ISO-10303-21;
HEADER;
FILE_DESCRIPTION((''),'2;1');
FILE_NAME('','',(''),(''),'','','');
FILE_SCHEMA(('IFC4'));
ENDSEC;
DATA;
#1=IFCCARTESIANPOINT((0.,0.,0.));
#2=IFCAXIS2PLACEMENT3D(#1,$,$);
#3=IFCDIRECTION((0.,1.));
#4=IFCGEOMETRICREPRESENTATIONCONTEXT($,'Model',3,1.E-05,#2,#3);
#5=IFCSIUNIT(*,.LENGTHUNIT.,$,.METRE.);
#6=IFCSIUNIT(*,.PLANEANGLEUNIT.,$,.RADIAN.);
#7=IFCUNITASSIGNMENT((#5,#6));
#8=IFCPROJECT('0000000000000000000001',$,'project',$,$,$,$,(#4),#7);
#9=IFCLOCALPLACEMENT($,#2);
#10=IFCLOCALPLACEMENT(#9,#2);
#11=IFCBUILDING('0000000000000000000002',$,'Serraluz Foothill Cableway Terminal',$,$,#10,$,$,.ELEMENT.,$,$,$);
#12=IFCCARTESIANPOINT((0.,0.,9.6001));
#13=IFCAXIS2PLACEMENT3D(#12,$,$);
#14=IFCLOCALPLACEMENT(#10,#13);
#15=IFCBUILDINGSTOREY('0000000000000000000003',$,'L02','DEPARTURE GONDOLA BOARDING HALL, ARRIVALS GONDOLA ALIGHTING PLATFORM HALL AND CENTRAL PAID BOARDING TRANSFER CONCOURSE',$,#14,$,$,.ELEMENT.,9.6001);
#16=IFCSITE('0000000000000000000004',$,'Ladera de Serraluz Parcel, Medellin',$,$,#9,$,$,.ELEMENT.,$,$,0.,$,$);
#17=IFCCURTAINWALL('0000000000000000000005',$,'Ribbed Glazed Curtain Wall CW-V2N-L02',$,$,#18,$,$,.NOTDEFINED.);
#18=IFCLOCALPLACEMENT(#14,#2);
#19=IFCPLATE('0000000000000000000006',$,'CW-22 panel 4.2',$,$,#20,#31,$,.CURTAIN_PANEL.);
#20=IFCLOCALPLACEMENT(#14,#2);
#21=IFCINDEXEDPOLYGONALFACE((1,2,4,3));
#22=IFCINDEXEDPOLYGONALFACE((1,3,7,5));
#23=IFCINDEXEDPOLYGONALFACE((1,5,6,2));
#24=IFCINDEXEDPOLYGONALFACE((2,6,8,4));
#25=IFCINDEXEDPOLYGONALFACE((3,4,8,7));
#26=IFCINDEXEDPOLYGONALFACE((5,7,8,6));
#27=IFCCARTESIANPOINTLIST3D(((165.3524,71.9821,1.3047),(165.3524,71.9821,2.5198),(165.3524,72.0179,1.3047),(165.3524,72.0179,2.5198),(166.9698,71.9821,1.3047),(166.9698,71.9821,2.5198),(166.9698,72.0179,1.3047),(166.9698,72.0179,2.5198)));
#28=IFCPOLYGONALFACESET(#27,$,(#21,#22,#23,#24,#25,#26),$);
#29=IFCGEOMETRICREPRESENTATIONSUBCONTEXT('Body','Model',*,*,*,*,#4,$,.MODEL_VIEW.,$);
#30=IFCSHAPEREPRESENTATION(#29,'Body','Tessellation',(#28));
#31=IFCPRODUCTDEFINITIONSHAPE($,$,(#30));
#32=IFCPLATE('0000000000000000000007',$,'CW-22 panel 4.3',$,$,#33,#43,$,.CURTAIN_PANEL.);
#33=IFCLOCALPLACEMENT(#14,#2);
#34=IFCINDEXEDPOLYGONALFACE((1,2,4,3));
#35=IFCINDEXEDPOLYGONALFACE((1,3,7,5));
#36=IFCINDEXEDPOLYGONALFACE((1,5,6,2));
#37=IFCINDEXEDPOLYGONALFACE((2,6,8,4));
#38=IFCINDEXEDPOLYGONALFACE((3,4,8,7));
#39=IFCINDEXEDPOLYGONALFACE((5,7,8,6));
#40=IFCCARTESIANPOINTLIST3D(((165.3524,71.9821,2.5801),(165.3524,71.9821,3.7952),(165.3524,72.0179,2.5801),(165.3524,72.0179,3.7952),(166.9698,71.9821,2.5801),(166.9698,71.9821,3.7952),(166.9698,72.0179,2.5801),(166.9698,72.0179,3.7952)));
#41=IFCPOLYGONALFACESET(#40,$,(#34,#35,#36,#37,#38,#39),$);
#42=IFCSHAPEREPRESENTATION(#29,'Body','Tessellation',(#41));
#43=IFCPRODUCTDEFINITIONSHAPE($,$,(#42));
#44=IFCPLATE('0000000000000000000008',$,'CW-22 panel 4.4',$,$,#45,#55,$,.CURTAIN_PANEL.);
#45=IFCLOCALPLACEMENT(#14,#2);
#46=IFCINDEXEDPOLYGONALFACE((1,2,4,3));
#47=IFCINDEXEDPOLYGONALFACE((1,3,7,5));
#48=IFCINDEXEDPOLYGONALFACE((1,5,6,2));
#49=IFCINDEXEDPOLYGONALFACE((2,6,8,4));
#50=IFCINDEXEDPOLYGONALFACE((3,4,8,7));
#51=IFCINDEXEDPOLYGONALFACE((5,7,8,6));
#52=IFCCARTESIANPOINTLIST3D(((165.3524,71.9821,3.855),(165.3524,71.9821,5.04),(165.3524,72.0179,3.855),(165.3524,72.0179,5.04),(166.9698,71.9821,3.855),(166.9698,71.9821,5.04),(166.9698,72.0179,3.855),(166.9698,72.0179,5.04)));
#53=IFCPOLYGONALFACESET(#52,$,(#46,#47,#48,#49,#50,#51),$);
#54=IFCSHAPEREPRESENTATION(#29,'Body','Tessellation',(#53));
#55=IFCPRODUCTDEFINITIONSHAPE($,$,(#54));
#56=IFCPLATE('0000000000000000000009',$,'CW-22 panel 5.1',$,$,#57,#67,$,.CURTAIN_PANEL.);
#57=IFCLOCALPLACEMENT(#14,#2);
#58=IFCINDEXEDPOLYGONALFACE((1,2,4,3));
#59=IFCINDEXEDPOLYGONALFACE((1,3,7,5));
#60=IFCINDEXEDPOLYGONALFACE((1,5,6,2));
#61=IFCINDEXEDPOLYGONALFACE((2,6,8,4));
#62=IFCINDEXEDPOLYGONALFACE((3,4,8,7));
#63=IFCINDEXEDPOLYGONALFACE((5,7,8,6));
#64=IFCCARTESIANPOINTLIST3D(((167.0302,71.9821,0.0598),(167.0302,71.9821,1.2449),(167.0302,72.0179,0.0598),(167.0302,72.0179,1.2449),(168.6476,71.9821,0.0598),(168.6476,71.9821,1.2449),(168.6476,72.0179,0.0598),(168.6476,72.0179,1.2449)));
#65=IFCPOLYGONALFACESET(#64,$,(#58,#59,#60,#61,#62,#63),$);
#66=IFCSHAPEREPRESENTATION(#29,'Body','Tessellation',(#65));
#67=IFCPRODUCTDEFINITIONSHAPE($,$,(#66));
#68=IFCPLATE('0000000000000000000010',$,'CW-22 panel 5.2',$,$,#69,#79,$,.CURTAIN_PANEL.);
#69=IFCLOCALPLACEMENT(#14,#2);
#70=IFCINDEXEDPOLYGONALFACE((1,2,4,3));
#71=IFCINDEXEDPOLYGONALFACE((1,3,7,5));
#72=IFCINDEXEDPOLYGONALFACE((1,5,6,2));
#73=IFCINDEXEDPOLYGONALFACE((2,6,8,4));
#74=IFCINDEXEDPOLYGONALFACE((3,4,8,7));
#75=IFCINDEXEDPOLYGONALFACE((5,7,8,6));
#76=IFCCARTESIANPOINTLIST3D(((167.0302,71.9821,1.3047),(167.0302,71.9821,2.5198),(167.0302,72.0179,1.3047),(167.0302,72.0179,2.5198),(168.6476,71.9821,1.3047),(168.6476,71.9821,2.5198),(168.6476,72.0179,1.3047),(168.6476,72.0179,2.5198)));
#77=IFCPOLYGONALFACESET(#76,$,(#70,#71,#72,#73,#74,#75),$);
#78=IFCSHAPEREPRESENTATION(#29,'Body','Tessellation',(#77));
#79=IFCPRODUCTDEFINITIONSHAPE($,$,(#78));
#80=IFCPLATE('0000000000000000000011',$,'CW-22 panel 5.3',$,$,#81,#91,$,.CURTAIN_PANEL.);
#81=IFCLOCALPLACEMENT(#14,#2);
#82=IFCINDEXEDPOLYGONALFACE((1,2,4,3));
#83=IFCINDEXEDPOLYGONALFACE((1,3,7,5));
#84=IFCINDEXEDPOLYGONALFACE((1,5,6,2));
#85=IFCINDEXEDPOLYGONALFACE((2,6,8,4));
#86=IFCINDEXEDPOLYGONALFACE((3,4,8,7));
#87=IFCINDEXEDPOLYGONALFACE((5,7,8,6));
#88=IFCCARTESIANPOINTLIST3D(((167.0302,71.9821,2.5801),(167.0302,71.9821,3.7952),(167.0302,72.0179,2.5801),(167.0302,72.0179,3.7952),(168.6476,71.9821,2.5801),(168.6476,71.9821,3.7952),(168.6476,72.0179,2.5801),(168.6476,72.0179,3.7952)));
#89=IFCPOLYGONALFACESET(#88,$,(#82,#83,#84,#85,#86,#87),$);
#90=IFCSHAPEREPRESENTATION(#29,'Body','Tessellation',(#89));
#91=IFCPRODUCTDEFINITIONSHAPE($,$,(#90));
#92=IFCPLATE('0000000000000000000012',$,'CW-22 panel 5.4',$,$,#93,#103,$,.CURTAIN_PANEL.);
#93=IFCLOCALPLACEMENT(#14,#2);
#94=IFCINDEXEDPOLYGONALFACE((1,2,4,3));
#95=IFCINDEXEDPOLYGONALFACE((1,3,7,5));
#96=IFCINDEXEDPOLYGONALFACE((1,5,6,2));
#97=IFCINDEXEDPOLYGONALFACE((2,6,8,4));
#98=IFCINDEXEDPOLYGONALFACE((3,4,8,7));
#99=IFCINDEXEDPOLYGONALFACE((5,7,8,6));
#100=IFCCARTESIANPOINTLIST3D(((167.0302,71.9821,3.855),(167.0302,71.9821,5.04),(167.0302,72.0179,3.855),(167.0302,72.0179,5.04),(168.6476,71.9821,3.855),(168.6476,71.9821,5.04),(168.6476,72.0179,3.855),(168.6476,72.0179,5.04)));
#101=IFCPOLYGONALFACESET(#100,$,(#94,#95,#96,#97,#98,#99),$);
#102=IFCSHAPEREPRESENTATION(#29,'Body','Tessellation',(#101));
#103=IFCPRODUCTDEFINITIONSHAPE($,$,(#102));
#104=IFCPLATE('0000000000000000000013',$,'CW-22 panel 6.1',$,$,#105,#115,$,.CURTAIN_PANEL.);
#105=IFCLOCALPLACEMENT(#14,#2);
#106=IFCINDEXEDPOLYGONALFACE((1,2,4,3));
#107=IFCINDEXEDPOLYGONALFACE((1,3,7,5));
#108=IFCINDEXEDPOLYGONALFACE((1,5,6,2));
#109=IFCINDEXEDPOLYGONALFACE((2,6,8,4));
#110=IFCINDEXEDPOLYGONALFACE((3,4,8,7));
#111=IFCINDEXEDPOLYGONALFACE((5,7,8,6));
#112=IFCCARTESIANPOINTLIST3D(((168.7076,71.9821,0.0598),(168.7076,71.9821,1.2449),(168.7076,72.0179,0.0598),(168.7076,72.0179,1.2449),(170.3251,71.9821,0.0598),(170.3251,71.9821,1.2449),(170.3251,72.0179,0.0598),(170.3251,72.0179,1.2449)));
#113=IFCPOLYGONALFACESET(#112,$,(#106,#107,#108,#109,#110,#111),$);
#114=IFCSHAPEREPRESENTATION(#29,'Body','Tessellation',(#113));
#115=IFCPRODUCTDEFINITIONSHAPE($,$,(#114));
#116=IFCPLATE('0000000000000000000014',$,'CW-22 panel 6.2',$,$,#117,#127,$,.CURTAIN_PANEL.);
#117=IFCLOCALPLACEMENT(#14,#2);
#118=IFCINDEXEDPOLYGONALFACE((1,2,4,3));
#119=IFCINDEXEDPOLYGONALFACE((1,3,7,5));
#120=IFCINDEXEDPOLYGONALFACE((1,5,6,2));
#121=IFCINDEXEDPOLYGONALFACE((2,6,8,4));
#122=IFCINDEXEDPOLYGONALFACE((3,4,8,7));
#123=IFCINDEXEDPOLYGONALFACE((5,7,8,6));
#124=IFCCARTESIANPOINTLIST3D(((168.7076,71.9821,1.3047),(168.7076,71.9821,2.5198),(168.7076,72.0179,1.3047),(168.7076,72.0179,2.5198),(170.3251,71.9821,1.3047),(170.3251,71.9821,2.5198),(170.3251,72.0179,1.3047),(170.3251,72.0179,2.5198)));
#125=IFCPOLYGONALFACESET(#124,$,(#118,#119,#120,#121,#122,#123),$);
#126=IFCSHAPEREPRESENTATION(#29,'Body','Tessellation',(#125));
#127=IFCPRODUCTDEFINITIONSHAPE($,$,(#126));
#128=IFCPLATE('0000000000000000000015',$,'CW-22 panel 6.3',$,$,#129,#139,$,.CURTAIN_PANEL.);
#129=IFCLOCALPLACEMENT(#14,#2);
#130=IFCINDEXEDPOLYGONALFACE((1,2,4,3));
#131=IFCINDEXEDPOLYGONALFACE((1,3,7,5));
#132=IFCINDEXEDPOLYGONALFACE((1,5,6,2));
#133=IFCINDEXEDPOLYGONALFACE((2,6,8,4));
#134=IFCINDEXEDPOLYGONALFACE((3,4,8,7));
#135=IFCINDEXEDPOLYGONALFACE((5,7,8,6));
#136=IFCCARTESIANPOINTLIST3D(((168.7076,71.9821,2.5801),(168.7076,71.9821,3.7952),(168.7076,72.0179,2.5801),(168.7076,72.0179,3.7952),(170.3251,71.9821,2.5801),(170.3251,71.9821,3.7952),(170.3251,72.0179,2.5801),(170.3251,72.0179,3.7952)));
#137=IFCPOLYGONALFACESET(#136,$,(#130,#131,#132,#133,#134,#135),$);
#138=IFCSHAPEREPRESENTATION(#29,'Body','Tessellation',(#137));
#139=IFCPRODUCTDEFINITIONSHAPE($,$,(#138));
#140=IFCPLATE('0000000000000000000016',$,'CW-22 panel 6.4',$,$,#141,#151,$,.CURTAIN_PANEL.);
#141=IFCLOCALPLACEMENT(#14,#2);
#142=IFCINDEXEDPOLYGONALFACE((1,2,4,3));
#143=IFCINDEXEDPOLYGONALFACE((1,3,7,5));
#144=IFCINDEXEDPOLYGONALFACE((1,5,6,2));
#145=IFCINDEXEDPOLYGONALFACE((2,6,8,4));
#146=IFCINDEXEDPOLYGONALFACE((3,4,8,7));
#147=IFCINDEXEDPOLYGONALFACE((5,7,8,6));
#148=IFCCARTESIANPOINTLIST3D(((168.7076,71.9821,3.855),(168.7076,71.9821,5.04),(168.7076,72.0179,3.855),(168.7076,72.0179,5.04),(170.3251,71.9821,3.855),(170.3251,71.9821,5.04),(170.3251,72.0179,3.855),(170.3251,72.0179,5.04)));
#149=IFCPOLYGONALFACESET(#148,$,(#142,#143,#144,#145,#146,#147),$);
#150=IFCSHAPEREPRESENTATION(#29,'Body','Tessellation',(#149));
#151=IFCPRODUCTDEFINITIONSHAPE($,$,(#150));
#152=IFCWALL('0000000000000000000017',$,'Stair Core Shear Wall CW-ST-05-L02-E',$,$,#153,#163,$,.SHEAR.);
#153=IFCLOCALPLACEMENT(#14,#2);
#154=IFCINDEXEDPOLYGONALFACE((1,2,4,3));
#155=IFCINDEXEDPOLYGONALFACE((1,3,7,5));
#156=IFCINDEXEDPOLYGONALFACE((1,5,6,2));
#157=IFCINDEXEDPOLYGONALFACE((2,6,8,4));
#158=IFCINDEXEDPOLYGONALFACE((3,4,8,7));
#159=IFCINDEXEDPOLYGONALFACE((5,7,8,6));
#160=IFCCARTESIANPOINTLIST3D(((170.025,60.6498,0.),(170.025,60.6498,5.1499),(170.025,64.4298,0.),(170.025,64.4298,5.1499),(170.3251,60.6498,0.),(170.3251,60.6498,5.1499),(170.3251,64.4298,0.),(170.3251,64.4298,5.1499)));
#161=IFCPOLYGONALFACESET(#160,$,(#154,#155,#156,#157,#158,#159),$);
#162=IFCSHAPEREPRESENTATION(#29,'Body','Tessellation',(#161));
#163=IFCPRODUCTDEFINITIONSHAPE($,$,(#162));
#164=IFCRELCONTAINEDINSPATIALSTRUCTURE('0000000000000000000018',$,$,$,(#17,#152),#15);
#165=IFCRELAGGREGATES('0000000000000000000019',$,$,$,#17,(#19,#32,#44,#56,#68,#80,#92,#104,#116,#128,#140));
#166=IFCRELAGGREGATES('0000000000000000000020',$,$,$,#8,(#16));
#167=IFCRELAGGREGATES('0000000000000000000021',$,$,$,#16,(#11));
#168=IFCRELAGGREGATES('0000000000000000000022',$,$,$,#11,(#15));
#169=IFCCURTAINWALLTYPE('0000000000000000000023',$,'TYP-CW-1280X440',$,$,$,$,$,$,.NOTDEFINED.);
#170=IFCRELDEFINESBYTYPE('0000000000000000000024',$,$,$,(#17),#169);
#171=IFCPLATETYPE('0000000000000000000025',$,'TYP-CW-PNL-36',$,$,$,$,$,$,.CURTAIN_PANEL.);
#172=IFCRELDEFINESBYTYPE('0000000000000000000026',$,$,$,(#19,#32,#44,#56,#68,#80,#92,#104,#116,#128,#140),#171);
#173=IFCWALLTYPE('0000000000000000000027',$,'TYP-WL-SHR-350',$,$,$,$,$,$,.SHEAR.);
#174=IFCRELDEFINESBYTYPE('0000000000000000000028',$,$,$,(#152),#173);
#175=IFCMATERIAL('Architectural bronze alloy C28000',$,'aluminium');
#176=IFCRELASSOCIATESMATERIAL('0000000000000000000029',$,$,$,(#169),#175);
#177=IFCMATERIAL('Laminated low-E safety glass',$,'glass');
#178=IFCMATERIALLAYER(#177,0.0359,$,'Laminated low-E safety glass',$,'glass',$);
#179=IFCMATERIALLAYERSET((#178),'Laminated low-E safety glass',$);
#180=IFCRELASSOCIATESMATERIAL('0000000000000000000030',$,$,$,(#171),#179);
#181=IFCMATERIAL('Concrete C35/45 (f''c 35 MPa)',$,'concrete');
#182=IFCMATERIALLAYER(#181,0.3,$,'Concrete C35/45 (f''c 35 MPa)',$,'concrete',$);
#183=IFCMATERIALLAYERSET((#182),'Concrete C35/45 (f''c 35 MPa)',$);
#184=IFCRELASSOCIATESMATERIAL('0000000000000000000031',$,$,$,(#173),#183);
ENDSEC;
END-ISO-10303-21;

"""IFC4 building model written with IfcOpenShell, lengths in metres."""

from ifc_helpers import new_model, si_unit, direction, frame, frame_2d, origin, origin_2d, place, context, subcontext, project, spatial, rectangle, extrude, material, layer, layer_set, type_object, element, aggregate, save


model = new_model("IFC4")

# Units and contexts
model_context = context("Model", 3, precision=1e-05, world=origin(), true_north=direction((0.0, 1.0)))
body_context = subcontext(model_context, "Body", "Model", "MODEL_VIEW")
ifc_project = project(units=[si_unit("LENGTHUNIT", "METRE"), si_unit("PLANEANGLEUNIT", "RADIAN")], contexts=[model_context])

# Site, building, storey
site_placement = place(None, origin())
site = spatial("IfcSite", under=ifc_project, at=site_placement, Name="Ladera de Serraluz Parcel, Medellin", CompositionType="ELEMENT", RefElevation=0.0)
building_placement = place(site_placement, origin())
building = spatial("IfcBuilding", under=site, at=building_placement, Name="Serraluz Foothill Cableway Terminal", CompositionType="ELEMENT")
storey_placement = place(building_placement, frame((0.0, 0.0, 9.6001)))
storey = spatial("IfcBuildingStorey", under=building, at=storey_placement, Name="L02", Description="DEPARTURE GONDOLA BOARDING HALL, ARRIVALS GONDOLA ALIGHTING PLATFORM HALL AND CENTRAL PAID BOARDING TRANSFER CONCOURSE", CompositionType="ELEMENT", Elevation=9.6001)

# Curtain wall, plates
ifc_material_1 = material(Name="Architectural bronze alloy C28000", Category="aluminium")
curtain_wall_type = type_object("IfcCurtainWallType", Name="TYP-CW-1280X440", PredefinedType="NOTDEFINED", material=ifc_material_1)
curtain_wall_placement = place(storey_placement, origin())
curtain_wall = element("IfcCurtainWall", 1, at=curtain_wall_placement, inside=storey, type_object=curtain_wall_type, Name="Ribbed Glazed Curtain Wall CW-V2N-L02", PredefinedType="NOTDEFINED")
ifc_material_2 = material(Name="Laminated low-E safety glass", Category="glass")
ifc_layer_1 = layer(ifc_material_2, 0.0359, Name="Laminated low-E safety glass", Category="glass")
ifc_layer_set_1 = layer_set([ifc_layer_1], Name="Laminated low-E safety glass")
plate_type = type_object("IfcPlateType", Name="TYP-CW-PNL-36", PredefinedType="CURTAIN_PANEL", material=ifc_layer_set_1)
plate_1_placement = place(storey_placement, frame((166.1611, 72.0, 1.3047), z_axis=(0.0, 0.0, 1.0), x_axis=(1.0, 0.0, 0.0)))
plate_1 = element("IfcPlate", 2, at=plate_1_placement, type_object=plate_type, Name="CW-22 panel 4.2", PredefinedType="CURTAIN_PANEL", context=body_context, shape_type="SweptSolid", body=[
    extrude(rectangle(XDim=1.6174, YDim=0.0359, at=origin_2d()), origin(), (0.0, 0.0, 1.0), 1.2151),
])
plate_2_placement = place(storey_placement, frame((166.1611, 72.0, 2.5801), z_axis=(0.0, 0.0, 1.0), x_axis=(1.0, 0.0, 0.0)))
plate_2 = element("IfcPlate", 3, at=plate_2_placement, type_object=plate_type, Name="CW-22 panel 4.3", PredefinedType="CURTAIN_PANEL", context=body_context, shape_type="SweptSolid", body=[
    extrude(rectangle(XDim=1.6174, YDim=0.0359, at=origin_2d()), origin(), (0.0, 0.0, 1.0), 1.2151),
])
plate_3_placement = place(storey_placement, frame((166.1611, 72.0, 3.855), z_axis=(0.0, 0.0, 1.0), x_axis=(1.0, 0.0, 0.0)))
plate_3 = element("IfcPlate", 4, at=plate_3_placement, type_object=plate_type, Name="CW-22 panel 4.4", PredefinedType="CURTAIN_PANEL", context=body_context, shape_type="SweptSolid", body=[
    extrude(rectangle(XDim=1.6174, YDim=0.0359, at=origin_2d()), origin(), (0.0, 0.0, 1.0), 1.1851),
])
plate_4_placement = place(storey_placement, frame((167.8389, 72.0, 0.0598), z_axis=(0.0, 0.0, 1.0), x_axis=(1.0, 0.0, 0.0)))
plate_4 = element("IfcPlate", 5, at=plate_4_placement, type_object=plate_type, Name="CW-22 panel 5.1", PredefinedType="CURTAIN_PANEL", context=body_context, shape_type="SweptSolid", body=[
    extrude(rectangle(XDim=1.6174, YDim=0.0359, at=origin_2d()), origin(), (0.0, 0.0, 1.0), 1.1851),
])
plate_5_placement = place(storey_placement, frame((167.8389, 72.0, 1.3047), z_axis=(0.0, 0.0, 1.0), x_axis=(1.0, 0.0, 0.0)))
plate_5 = element("IfcPlate", 6, at=plate_5_placement, type_object=plate_type, Name="CW-22 panel 5.2", PredefinedType="CURTAIN_PANEL", context=body_context, shape_type="SweptSolid", body=[
    extrude(rectangle(XDim=1.6174, YDim=0.0359, at=origin_2d()), origin(), (0.0, 0.0, 1.0), 1.2151),
])
plate_6_placement = place(storey_placement, frame((167.8389, 72.0, 2.5801), z_axis=(0.0, 0.0, 1.0), x_axis=(1.0, 0.0, 0.0)))
plate_6 = element("IfcPlate", 7, at=plate_6_placement, type_object=plate_type, Name="CW-22 panel 5.3", PredefinedType="CURTAIN_PANEL", context=body_context, shape_type="SweptSolid", body=[
    extrude(rectangle(XDim=1.6174, YDim=0.0359, at=origin_2d()), origin(), (0.0, 0.0, 1.0), 1.2151),
])
plate_7_placement = place(storey_placement, frame((167.8389, 72.0, 3.855), z_axis=(0.0, 0.0, 1.0), x_axis=(1.0, 0.0, 0.0)))
plate_7 = element("IfcPlate", 8, at=plate_7_placement, type_object=plate_type, Name="CW-22 panel 5.4", PredefinedType="CURTAIN_PANEL", context=body_context, shape_type="SweptSolid", body=[
    extrude(rectangle(XDim=1.6174, YDim=0.0359, at=origin_2d()), origin(), (0.0, 0.0, 1.0), 1.1851),
])
plate_8_placement = place(storey_placement, frame((169.5164, 72.0, 0.0598), z_axis=(0.0, 0.0, 1.0), x_axis=(1.0, 0.0, 0.0)))
plate_8 = element("IfcPlate", 9, at=plate_8_placement, type_object=plate_type, Name="CW-22 panel 6.1", PredefinedType="CURTAIN_PANEL", context=body_context, shape_type="SweptSolid", body=[
    extrude(rectangle(XDim=1.6174, YDim=0.0359, at=origin_2d()), origin(), (0.0, 0.0, 1.0), 1.1851),
])
plate_9_placement = place(storey_placement, frame((169.5164, 72.0, 1.3047), z_axis=(0.0, 0.0, 1.0), x_axis=(1.0, 0.0, 0.0)))
plate_9 = element("IfcPlate", 10, at=plate_9_placement, type_object=plate_type, Name="CW-22 panel 6.2", PredefinedType="CURTAIN_PANEL", context=body_context, shape_type="SweptSolid", body=[
    extrude(rectangle(XDim=1.6174, YDim=0.0359, at=origin_2d()), origin(), (0.0, 0.0, 1.0), 1.2151),
])
plate_10_placement = place(storey_placement, frame((169.5164, 72.0, 2.5801), z_axis=(0.0, 0.0, 1.0), x_axis=(1.0, 0.0, 0.0)))
plate_10 = element("IfcPlate", 11, at=plate_10_placement, type_object=plate_type, Name="CW-22 panel 6.3", PredefinedType="CURTAIN_PANEL", context=body_context, shape_type="SweptSolid", body=[
    extrude(rectangle(XDim=1.6174, YDim=0.0359, at=origin_2d()), origin(), (0.0, 0.0, 1.0), 1.2151),
])
plate_11_placement = place(storey_placement, frame((169.5164, 72.0, 3.855), z_axis=(0.0, 0.0, 1.0), x_axis=(1.0, 0.0, 0.0)))
plate_11 = element("IfcPlate", 12, at=plate_11_placement, type_object=plate_type, Name="CW-22 panel 6.4", PredefinedType="CURTAIN_PANEL", context=body_context, shape_type="SweptSolid", body=[
    extrude(rectangle(XDim=1.6174, YDim=0.0359, at=origin_2d()), origin(), (0.0, 0.0, 1.0), 1.1851),
])
aggregate(curtain_wall, [plate_1, plate_2, plate_3, plate_4, plate_5, plate_6, plate_7, plate_8, plate_9, plate_10, plate_11])

# Wall
ifc_material_3 = material(Name="Concrete C35/45 (f'c 35 MPa)", Category="concrete")
ifc_layer_2 = layer(ifc_material_3, 0.3, Name="Concrete C35/45 (f'c 35 MPa)", Category="concrete")
ifc_layer_set_2 = layer_set([ifc_layer_2], Name="Concrete C35/45 (f'c 35 MPa)")
wall_type = type_object("IfcWallType", Name="TYP-WL-SHR-350", PredefinedType="SHEAR", material=ifc_layer_set_2)
wall_placement = place(storey_placement, frame((170.175, 64.4299, 0.0), z_axis=(0.0, 0.0, 1.0), x_axis=(0.0, -1.0, 0.0)))
element("IfcWall", 13, at=wall_placement, inside=storey, type_object=wall_type, Name="Stair Core Shear Wall CW-ST-05-L02-E", PredefinedType="SHEAR", context=body_context, shape_type="SweptSolid", body=[
    extrude(rectangle(XDim=3.78, YDim=0.3, at=frame_2d((1.8901, 0.0))), origin(), (0.0, 0.0, 1.0), 5.1499),
])

save(model, "model.ifc")
